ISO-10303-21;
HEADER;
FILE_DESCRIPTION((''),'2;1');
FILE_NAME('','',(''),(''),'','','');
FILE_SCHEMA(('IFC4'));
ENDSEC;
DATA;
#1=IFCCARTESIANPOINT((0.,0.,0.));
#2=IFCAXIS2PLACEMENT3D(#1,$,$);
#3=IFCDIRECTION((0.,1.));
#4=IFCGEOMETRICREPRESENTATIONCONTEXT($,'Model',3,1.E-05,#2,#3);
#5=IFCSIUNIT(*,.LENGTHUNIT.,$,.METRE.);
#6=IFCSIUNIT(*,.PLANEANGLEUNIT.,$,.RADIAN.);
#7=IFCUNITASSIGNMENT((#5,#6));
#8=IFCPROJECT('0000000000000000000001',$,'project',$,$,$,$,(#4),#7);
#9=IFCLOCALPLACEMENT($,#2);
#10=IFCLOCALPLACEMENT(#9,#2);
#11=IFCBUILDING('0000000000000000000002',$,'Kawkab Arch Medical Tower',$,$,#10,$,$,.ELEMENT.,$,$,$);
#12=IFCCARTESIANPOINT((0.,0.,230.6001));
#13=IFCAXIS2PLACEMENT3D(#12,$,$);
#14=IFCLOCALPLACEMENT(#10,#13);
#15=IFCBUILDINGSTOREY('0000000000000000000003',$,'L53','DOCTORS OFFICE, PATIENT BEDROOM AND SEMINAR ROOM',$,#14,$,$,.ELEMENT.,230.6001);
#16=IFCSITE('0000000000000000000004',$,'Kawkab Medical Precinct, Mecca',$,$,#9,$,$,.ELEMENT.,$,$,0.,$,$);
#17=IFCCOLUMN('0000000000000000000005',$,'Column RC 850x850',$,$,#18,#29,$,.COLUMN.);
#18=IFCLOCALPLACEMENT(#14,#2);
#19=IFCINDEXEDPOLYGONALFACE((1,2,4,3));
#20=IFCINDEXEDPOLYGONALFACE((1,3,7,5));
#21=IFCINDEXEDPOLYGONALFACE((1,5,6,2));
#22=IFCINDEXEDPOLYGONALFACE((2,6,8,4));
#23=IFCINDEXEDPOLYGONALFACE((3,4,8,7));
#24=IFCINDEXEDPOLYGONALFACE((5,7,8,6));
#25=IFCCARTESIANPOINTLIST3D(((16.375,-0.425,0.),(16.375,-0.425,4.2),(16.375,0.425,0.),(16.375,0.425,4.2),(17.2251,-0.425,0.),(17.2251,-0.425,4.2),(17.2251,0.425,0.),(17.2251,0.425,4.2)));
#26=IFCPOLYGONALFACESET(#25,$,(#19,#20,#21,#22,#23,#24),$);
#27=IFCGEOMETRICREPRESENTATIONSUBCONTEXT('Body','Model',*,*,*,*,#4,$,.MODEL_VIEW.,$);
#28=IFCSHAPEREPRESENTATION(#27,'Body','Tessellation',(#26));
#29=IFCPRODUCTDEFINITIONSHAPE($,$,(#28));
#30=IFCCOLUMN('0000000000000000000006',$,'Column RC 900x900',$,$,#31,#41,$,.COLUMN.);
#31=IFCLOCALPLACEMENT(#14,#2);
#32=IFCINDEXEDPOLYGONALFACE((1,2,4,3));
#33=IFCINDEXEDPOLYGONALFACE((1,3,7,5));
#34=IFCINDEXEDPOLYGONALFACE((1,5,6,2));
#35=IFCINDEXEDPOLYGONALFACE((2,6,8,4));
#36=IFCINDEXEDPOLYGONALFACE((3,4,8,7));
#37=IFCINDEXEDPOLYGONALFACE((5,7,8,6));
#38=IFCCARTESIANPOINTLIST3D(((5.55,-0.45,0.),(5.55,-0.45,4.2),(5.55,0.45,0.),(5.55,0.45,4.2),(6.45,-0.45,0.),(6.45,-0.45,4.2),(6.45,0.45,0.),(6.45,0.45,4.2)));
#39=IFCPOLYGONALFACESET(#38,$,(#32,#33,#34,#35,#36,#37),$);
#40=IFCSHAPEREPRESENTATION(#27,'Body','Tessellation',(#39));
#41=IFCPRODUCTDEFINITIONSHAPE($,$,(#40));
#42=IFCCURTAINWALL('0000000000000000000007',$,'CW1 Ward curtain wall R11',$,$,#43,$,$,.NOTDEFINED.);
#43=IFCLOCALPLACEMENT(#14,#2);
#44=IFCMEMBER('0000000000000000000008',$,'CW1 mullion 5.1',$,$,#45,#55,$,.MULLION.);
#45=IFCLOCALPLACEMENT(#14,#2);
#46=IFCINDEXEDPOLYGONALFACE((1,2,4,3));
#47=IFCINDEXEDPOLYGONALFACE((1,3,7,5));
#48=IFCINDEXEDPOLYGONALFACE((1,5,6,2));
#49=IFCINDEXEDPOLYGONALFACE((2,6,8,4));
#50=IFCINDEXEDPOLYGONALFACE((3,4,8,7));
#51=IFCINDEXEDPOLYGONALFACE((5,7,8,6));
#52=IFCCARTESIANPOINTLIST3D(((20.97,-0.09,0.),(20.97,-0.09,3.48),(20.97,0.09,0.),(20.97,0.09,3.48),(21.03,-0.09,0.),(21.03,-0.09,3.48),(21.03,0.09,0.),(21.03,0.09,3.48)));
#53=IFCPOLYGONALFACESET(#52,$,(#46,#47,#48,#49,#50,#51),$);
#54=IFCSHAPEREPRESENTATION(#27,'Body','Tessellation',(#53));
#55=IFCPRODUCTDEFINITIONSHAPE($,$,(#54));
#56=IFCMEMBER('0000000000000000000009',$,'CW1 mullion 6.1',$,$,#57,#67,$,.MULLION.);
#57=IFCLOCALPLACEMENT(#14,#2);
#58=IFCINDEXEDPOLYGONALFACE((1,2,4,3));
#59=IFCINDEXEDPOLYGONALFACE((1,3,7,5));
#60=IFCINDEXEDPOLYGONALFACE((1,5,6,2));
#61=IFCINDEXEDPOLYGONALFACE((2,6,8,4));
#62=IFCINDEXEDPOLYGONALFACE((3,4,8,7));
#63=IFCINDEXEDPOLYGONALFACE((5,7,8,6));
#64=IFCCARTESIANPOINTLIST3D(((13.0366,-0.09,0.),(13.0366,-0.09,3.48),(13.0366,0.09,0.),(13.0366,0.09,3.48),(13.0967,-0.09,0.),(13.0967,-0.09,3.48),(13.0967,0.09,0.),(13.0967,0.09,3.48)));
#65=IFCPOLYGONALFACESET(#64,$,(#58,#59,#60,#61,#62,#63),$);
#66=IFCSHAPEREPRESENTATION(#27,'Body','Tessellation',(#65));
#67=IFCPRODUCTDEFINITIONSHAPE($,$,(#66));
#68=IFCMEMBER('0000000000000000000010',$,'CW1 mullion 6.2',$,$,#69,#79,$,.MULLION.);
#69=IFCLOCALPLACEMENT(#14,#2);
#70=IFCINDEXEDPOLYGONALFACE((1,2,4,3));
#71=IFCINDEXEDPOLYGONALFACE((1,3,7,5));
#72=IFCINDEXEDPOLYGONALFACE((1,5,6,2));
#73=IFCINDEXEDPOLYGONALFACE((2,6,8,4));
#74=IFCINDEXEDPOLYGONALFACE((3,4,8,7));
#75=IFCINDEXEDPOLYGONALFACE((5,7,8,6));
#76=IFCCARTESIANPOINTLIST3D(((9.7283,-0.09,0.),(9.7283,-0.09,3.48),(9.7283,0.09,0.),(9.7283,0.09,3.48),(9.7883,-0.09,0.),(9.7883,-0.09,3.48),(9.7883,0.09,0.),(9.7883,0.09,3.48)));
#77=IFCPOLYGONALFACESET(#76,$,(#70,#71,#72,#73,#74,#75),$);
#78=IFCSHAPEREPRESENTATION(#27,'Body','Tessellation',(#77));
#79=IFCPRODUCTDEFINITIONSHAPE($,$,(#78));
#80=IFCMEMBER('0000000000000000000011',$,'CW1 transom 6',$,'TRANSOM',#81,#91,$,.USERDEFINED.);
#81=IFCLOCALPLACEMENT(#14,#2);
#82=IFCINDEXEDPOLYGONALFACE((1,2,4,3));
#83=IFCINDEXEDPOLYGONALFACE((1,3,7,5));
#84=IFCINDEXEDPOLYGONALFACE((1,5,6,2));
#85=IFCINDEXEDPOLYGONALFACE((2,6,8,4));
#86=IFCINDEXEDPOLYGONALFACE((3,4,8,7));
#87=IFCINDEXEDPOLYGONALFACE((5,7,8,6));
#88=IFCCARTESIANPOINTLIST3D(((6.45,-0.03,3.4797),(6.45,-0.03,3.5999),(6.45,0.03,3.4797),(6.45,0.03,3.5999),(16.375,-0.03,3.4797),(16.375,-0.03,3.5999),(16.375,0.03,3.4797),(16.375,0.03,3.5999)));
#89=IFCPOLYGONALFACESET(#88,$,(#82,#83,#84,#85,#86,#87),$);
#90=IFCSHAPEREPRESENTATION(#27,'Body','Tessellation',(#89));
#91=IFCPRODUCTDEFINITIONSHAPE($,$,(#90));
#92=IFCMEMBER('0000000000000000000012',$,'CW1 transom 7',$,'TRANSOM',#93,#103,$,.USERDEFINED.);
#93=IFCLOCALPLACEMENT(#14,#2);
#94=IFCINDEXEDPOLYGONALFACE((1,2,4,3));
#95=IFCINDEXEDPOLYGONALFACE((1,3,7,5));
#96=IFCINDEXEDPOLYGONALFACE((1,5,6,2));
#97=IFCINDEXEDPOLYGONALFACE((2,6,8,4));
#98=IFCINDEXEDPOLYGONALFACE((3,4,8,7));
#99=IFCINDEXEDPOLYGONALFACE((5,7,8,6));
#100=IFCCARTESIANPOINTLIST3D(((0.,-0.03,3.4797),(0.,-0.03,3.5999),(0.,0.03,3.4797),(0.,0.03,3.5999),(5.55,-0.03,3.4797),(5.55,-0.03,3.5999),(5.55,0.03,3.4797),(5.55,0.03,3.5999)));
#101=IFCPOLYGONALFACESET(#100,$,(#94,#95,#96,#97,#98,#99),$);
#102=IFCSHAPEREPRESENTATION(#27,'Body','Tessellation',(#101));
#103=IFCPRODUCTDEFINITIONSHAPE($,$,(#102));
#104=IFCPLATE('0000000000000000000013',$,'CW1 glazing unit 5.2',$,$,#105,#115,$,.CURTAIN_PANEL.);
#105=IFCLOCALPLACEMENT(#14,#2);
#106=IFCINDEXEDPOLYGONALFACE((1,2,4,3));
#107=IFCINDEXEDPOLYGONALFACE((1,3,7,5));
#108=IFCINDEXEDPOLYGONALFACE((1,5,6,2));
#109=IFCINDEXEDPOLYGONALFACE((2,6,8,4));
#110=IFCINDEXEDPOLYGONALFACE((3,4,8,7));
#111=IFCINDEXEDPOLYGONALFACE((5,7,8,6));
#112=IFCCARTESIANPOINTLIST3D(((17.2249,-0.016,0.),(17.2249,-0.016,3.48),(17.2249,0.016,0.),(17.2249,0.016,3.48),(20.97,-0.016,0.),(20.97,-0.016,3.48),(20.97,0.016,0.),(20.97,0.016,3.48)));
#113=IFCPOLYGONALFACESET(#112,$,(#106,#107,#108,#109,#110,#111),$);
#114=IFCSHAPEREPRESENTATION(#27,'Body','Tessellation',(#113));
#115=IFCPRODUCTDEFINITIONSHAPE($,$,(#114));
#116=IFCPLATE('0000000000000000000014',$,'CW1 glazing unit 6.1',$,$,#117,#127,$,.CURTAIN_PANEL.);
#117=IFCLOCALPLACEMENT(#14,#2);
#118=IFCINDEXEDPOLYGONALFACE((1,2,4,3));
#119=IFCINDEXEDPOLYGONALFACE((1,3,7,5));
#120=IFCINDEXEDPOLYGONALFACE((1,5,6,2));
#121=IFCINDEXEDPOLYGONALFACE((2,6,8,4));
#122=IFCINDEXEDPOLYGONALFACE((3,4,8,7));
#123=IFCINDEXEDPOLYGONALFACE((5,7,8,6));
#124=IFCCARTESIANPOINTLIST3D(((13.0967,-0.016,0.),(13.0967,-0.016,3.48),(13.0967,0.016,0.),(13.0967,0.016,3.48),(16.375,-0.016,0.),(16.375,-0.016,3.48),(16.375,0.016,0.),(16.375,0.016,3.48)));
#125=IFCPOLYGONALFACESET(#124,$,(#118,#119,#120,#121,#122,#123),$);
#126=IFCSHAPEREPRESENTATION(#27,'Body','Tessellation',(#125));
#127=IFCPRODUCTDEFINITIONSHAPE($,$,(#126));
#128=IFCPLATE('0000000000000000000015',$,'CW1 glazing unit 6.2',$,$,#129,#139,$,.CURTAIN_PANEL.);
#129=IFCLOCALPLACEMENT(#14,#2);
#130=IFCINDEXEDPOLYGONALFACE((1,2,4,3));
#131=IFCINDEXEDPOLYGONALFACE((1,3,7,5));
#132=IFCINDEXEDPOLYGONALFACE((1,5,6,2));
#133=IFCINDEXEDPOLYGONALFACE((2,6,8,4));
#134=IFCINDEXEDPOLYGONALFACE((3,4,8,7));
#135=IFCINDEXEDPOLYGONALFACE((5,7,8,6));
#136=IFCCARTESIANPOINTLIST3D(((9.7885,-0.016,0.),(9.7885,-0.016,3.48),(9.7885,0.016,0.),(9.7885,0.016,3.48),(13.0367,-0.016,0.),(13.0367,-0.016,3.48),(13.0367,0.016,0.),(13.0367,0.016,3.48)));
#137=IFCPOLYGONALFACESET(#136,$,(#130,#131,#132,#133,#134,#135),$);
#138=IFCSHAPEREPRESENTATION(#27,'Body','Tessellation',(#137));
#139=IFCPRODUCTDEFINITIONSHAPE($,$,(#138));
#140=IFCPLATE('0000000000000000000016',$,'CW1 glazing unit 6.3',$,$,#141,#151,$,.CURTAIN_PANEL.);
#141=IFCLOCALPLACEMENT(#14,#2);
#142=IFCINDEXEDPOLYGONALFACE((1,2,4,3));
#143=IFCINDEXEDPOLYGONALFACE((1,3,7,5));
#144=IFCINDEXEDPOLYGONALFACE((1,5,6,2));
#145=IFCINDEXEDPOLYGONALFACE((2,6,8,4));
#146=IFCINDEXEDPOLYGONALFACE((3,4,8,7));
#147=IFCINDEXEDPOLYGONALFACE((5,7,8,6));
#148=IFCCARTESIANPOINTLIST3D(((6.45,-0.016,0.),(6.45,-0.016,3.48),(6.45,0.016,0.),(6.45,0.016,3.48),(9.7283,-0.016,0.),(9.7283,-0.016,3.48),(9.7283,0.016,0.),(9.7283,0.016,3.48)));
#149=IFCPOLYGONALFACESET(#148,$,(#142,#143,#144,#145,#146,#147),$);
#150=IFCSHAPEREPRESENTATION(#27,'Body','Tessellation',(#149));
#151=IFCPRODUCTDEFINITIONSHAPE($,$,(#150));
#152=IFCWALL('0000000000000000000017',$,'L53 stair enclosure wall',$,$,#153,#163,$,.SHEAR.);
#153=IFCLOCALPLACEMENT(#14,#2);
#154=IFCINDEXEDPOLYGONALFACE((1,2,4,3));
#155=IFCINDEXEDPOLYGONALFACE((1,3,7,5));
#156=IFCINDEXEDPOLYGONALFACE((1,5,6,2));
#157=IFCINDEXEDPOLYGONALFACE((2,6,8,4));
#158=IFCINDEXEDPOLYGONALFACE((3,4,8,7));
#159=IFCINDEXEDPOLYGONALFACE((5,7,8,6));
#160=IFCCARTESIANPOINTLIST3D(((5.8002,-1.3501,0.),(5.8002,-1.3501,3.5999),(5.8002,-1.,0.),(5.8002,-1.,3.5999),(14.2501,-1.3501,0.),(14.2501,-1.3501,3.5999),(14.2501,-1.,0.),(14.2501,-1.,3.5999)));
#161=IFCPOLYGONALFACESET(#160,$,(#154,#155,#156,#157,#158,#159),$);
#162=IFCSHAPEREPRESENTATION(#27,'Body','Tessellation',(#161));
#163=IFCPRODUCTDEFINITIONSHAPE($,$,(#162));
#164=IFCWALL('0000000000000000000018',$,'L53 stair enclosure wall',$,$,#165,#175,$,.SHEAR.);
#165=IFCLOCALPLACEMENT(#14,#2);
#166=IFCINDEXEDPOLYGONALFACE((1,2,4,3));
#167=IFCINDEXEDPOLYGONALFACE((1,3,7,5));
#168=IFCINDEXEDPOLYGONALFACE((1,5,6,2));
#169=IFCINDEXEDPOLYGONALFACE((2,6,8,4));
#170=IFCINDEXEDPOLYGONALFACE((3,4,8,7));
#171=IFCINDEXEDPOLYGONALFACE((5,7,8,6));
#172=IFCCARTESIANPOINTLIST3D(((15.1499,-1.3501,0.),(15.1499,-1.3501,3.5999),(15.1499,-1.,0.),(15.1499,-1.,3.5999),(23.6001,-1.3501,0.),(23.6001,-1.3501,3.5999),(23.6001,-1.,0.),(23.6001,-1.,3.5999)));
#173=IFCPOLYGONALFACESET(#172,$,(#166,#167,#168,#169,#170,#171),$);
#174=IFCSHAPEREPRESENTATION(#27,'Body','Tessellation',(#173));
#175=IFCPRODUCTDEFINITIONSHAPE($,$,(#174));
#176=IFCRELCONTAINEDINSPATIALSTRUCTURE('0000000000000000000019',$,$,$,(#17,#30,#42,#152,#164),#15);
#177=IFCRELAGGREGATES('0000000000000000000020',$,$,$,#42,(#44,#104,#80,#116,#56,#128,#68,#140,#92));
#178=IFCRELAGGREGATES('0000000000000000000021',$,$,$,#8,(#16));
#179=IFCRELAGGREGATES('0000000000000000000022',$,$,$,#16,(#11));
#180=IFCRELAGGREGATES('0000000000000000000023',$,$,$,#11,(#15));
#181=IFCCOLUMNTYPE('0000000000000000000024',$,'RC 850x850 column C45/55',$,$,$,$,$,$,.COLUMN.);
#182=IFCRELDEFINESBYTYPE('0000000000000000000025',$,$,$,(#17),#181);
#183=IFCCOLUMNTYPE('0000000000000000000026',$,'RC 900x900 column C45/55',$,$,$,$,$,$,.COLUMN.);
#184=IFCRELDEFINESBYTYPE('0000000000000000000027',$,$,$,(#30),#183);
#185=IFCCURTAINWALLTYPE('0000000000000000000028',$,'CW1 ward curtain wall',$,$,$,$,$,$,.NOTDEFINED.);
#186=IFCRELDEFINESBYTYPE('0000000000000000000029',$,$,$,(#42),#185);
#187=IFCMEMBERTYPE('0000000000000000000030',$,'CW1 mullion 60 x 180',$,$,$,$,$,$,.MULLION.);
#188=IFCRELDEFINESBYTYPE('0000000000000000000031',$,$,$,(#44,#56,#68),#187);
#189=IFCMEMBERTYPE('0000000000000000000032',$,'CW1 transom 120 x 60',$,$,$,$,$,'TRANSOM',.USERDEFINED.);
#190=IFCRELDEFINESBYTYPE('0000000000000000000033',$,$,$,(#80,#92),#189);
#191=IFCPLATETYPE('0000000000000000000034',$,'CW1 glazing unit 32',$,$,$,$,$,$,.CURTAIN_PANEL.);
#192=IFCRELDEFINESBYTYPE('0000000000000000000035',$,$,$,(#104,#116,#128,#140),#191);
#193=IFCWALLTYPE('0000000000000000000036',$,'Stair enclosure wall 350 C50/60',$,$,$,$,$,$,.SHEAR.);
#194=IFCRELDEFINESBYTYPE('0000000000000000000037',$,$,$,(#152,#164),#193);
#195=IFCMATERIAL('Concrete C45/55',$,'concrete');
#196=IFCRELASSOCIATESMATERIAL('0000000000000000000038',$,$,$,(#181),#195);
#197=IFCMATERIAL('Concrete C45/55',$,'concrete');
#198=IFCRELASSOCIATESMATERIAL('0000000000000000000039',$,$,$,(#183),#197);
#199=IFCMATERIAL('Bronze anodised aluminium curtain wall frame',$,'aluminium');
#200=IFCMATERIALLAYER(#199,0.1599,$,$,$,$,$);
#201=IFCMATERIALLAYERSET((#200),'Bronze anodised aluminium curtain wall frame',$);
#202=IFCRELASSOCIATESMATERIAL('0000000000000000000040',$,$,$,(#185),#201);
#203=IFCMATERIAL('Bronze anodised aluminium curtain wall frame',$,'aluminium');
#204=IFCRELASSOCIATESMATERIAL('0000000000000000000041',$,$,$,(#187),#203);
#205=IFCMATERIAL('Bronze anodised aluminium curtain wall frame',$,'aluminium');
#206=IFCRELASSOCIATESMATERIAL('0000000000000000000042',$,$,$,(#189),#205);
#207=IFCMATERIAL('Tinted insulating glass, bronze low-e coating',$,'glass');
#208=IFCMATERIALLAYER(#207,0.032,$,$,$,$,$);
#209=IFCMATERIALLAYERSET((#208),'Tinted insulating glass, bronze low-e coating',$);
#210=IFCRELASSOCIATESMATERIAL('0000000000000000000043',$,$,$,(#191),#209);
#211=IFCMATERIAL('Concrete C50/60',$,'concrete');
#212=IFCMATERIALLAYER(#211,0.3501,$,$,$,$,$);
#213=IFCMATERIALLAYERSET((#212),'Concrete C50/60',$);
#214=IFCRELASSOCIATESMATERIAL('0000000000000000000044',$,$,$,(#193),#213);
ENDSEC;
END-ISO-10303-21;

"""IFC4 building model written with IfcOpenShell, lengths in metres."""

from ifc_helpers import new_model, si_unit, direction, frame, frame_2d, origin, origin_2d, place, context, subcontext, project, spatial, rectangle, extrude, material, layer, layer_set, material_profile, profile_set, type_object, element, aggregate, save


model = new_model("IFC4")

# Units and contexts
model_context = context("Model", 3, precision=1e-05, world=origin(), true_north=direction((0.0, 1.0)))
body_context = subcontext(model_context, "Body", "Model", "MODEL_VIEW")
ifc_project = project(units=[si_unit("LENGTHUNIT", "METRE"), si_unit("PLANEANGLEUNIT", "RADIAN")], contexts=[model_context])

# Site, building, storey
site_placement = place(None, origin())
site = spatial("IfcSite", under=ifc_project, at=site_placement, Name="Kawkab Medical Precinct, Mecca", CompositionType="ELEMENT", RefElevation=0.0)
building_placement = place(site_placement, origin())
building = spatial("IfcBuilding", under=site, at=building_placement, Name="Kawkab Arch Medical Tower", CompositionType="ELEMENT")
storey_placement = place(building_placement, frame((0.0, 0.0, 230.6001)))
storey = spatial("IfcBuildingStorey", under=building, at=storey_placement, Name="L53", Description="DOCTORS OFFICE, PATIENT BEDROOM AND SEMINAR ROOM", CompositionType="ELEMENT", Elevation=230.6001)

# Columns
ifc_material_1 = material(Name="Concrete C45/55", Category="concrete")
ifc_material_profile_1 = material_profile(ifc_material_1, rectangle(XDim=0.8501, YDim=0.8501, at=origin_2d()), Name="RC 850x850")
ifc_profile_set_1 = profile_set([ifc_material_profile_1], Name="Concrete C45/55")
column_type_1 = type_object("IfcColumnType", Name="RC 850x850 column C45/55", PredefinedType="COLUMN", material=ifc_profile_set_1)
column_1_placement = place(storey_placement, frame((16.8, 0.0, 0.0), z_axis=(0.0, 0.0, 1.0), x_axis=(1.0, 0.0, 0.0)))
element("IfcColumn", 1, at=column_1_placement, inside=storey, type_object=column_type_1, Name="Column RC 850x850", PredefinedType="COLUMN", context=body_context, shape_type="SweptSolid", body=[
    extrude(rectangle(XDim=0.8501, YDim=0.8501, at=origin_2d()), origin(), (0.0, 0.0, 1.0), 4.2),
])
ifc_material_2 = material(Name="Concrete C45/55", Category="concrete")
ifc_material_profile_2 = material_profile(ifc_material_2, rectangle(XDim=0.8999, YDim=0.8999, at=origin_2d()), Name="RC 900x900")
ifc_profile_set_2 = profile_set([ifc_material_profile_2], Name="Concrete C45/55")
column_type_2 = type_object("IfcColumnType", Name="RC 900x900 column C45/55", PredefinedType="COLUMN", material=ifc_profile_set_2)
column_2_placement = place(storey_placement, frame((6.0, 0.0, 0.0), z_axis=(0.0, 0.0, 1.0), x_axis=(1.0, 0.0, 0.0)))
element("IfcColumn", 2, at=column_2_placement, inside=storey, type_object=column_type_2, Name="Column RC 900x900", PredefinedType="COLUMN", context=body_context, shape_type="SweptSolid", body=[
    extrude(rectangle(XDim=0.8999, YDim=0.8999, at=origin_2d()), origin(), (0.0, 0.0, 1.0), 4.2),
])

# Curtain wall, members, plates
ifc_material_3 = material(Name="Bronze anodised aluminium curtain wall frame", Category="aluminium")
ifc_layer_1 = layer(ifc_material_3, 0.1599)
ifc_layer_set_1 = layer_set([ifc_layer_1], Name="Bronze anodised aluminium curtain wall frame")
curtain_wall_type = type_object("IfcCurtainWallType", Name="CW1 ward curtain wall", PredefinedType="NOTDEFINED", material=ifc_layer_set_1)
placement = place(storey_placement, origin())
curtain_wall = element("IfcCurtainWall", 3, at=placement, inside=storey, type_object=curtain_wall_type, Name="CW1 Ward curtain wall R11", PredefinedType="NOTDEFINED")
ifc_material_4 = material(Name="Bronze anodised aluminium curtain wall frame", Category="aluminium")
ifc_material_profile_3 = material_profile(ifc_material_4, rectangle(XDim=0.1799, YDim=0.0601, at=origin_2d()), Name="AL 60x180")
ifc_profile_set_3 = profile_set([ifc_material_profile_3], Name="Bronze anodised aluminium curtain wall frame")
member_type_1 = type_object("IfcMemberType", Name="CW1 mullion 60 x 180", PredefinedType="MULLION", material=ifc_profile_set_3)
member_1_placement = place(storey_placement, frame((21.0, 0.0, 0.0), z_axis=(0.0, 0.0, 1.0), x_axis=(0.0, -1.0, 0.0)))
member_1 = element("IfcMember", 4, at=member_1_placement, type_object=member_type_1, Name="CW1 mullion 5.1", PredefinedType="MULLION", context=body_context, shape_type="SweptSolid", body=[
    extrude(rectangle(XDim=0.1799, YDim=0.0601, at=origin_2d()), origin(), (0.0, 0.0, 1.0), 3.48),
])
member_2_placement = place(storey_placement, frame((13.0667, 0.0, 0.0), z_axis=(0.0, 0.0, 1.0), x_axis=(0.0, -1.0, 0.0)))
member_2 = element("IfcMember", 5, at=member_2_placement, type_object=member_type_1, Name="CW1 mullion 6.1", PredefinedType="MULLION", context=body_context, shape_type="SweptSolid", body=[
    extrude(rectangle(XDim=0.1799, YDim=0.0601, at=origin_2d()), origin(), (0.0, 0.0, 1.0), 3.48),
])
member_3_placement = place(storey_placement, frame((9.7583, 0.0, 0.0), z_axis=(0.0, 0.0, 1.0), x_axis=(0.0, -1.0, 0.0)))
member_3 = element("IfcMember", 6, at=member_3_placement, type_object=member_type_1, Name="CW1 mullion 6.2", PredefinedType="MULLION", context=body_context, shape_type="SweptSolid", body=[
    extrude(rectangle(XDim=0.1799, YDim=0.0601, at=origin_2d()), origin(), (0.0, 0.0, 1.0), 3.48),
])
ifc_material_5 = material(Name="Bronze anodised aluminium curtain wall frame", Category="aluminium")
ifc_material_profile_4 = material_profile(ifc_material_5, rectangle(XDim=0.0601, YDim=0.1201, at=origin_2d()), Name="AL 60x120")
ifc_profile_set_4 = profile_set([ifc_material_profile_4], Name="Bronze anodised aluminium curtain wall frame")
member_type_2 = type_object("IfcMemberType", Name="CW1 transom 120 x 60", ElementType="TRANSOM", PredefinedType="USERDEFINED", material=ifc_profile_set_4)
member_4_placement = place(storey_placement, frame((16.375, 0.0, 3.5398), z_axis=(-1.0, 0.0, 0.0), x_axis=(0.0, -1.0, 0.0)))
member_4 = element("IfcMember", 7, at=member_4_placement, type_object=member_type_2, Name="CW1 transom 6", ObjectType="TRANSOM", PredefinedType="USERDEFINED", context=body_context, shape_type="SweptSolid", body=[
    extrude(rectangle(XDim=0.0601, YDim=0.1201, at=origin_2d()), origin(), (0.0, 0.0, 1.0), 9.925),
])
member_5_placement = place(storey_placement, frame((5.55, 0.0, 3.5398), z_axis=(-1.0, 0.0, 0.0), x_axis=(0.0, -1.0, 0.0)))
member_5 = element("IfcMember", 8, at=member_5_placement, type_object=member_type_2, Name="CW1 transom 7", ObjectType="TRANSOM", PredefinedType="USERDEFINED", context=body_context, shape_type="SweptSolid", body=[
    extrude(rectangle(XDim=0.0601, YDim=0.1201, at=origin_2d()), origin(), (0.0, 0.0, 1.0), 5.55),
])
ifc_material_6 = material(Name="Tinted insulating glass, bronze low-e coating", Category="glass")
ifc_layer_2 = layer(ifc_material_6, 0.032)
ifc_layer_set_2 = layer_set([ifc_layer_2], Name="Tinted insulating glass, bronze low-e coating")
plate_type = type_object("IfcPlateType", Name="CW1 glazing unit 32", PredefinedType="CURTAIN_PANEL", material=ifc_layer_set_2)
plate_1_placement = place(storey_placement, frame((19.0974, 0.0, 0.0), z_axis=(0.0, 0.0, 1.0), x_axis=(-1.0, 0.0, 0.0)))
plate_1 = element("IfcPlate", 9, at=plate_1_placement, type_object=plate_type, Name="CW1 glazing unit 5.2", PredefinedType="CURTAIN_PANEL", context=body_context, shape_type="SweptSolid", body=[
    extrude(rectangle(XDim=3.7451, YDim=0.032, at=origin_2d()), origin(), (0.0, 0.0, 1.0), 3.48),
])
plate_2_placement = place(storey_placement, frame((14.7358, 0.0, 0.0), z_axis=(0.0, 0.0, 1.0), x_axis=(-1.0, 0.0, 0.0)))
plate_2 = element("IfcPlate", 10, at=plate_2_placement, type_object=plate_type, Name="CW1 glazing unit 6.1", PredefinedType="CURTAIN_PANEL", context=body_context, shape_type="SweptSolid", body=[
    extrude(rectangle(XDim=3.2783, YDim=0.032, at=origin_2d()), origin(), (0.0, 0.0, 1.0), 3.48),
])
plate_3_placement = place(storey_placement, frame((11.4126, 0.0, 0.0), z_axis=(0.0, 0.0, 1.0), x_axis=(-1.0, 0.0, 0.0)))
plate_3 = element("IfcPlate", 11, at=plate_3_placement, type_object=plate_type, Name="CW1 glazing unit 6.2", PredefinedType="CURTAIN_PANEL", context=body_context, shape_type="SweptSolid", body=[
    extrude(rectangle(XDim=3.2483, YDim=0.032, at=origin_2d()), origin(), (0.0, 0.0, 1.0), 3.48),
])
plate_4_placement = place(storey_placement, frame((8.0891, 0.0, 0.0), z_axis=(0.0, 0.0, 1.0), x_axis=(-1.0, 0.0, 0.0)))
plate_4 = element("IfcPlate", 12, at=plate_4_placement, type_object=plate_type, Name="CW1 glazing unit 6.3", PredefinedType="CURTAIN_PANEL", context=body_context, shape_type="SweptSolid", body=[
    extrude(rectangle(XDim=3.2783, YDim=0.032, at=origin_2d()), origin(), (0.0, 0.0, 1.0), 3.48),
])
aggregate(curtain_wall, [member_1, plate_1, member_4, plate_2, member_2, plate_3, member_3, plate_4, member_5])

# Walls
ifc_material_7 = material(Name="Concrete C50/60", Category="concrete")
ifc_layer_3 = layer(ifc_material_7, 0.3501)
ifc_layer_set_3 = layer_set([ifc_layer_3], Name="Concrete C50/60")
wall_type = type_object("IfcWallType", Name="Stair enclosure wall 350 C50/60", PredefinedType="SHEAR", material=ifc_layer_set_3)
wall_1_placement = place(storey_placement, frame((5.8, -1.175, 0.0), z_axis=(0.0, 0.0, 1.0), x_axis=(1.0, 0.0, 0.0)))
element("IfcWall", 13, at=wall_1_placement, inside=storey, type_object=wall_type, Name="L53 stair enclosure wall", PredefinedType="SHEAR", context=body_context, shape_type="SweptSolid", body=[
    extrude(rectangle(XDim=8.45, YDim=0.3501, at=frame_2d((4.2251, 0.0))), origin(), (0.0, 0.0, 1.0), 3.5999),
])
wall_2_placement = place(storey_placement, frame((15.1499, -1.175, 0.0), z_axis=(0.0, 0.0, 1.0), x_axis=(1.0, 0.0, 0.0)))
element("IfcWall", 14, at=wall_2_placement, inside=storey, type_object=wall_type, Name="L53 stair enclosure wall", PredefinedType="SHEAR", context=body_context, shape_type="SweptSolid", body=[
    extrude(rectangle(XDim=8.4502, YDim=0.3501, at=frame_2d((4.2251, 0.0))), origin(), (0.0, 0.0, 1.0), 3.5999),
])

save(model, "model.ifc")
